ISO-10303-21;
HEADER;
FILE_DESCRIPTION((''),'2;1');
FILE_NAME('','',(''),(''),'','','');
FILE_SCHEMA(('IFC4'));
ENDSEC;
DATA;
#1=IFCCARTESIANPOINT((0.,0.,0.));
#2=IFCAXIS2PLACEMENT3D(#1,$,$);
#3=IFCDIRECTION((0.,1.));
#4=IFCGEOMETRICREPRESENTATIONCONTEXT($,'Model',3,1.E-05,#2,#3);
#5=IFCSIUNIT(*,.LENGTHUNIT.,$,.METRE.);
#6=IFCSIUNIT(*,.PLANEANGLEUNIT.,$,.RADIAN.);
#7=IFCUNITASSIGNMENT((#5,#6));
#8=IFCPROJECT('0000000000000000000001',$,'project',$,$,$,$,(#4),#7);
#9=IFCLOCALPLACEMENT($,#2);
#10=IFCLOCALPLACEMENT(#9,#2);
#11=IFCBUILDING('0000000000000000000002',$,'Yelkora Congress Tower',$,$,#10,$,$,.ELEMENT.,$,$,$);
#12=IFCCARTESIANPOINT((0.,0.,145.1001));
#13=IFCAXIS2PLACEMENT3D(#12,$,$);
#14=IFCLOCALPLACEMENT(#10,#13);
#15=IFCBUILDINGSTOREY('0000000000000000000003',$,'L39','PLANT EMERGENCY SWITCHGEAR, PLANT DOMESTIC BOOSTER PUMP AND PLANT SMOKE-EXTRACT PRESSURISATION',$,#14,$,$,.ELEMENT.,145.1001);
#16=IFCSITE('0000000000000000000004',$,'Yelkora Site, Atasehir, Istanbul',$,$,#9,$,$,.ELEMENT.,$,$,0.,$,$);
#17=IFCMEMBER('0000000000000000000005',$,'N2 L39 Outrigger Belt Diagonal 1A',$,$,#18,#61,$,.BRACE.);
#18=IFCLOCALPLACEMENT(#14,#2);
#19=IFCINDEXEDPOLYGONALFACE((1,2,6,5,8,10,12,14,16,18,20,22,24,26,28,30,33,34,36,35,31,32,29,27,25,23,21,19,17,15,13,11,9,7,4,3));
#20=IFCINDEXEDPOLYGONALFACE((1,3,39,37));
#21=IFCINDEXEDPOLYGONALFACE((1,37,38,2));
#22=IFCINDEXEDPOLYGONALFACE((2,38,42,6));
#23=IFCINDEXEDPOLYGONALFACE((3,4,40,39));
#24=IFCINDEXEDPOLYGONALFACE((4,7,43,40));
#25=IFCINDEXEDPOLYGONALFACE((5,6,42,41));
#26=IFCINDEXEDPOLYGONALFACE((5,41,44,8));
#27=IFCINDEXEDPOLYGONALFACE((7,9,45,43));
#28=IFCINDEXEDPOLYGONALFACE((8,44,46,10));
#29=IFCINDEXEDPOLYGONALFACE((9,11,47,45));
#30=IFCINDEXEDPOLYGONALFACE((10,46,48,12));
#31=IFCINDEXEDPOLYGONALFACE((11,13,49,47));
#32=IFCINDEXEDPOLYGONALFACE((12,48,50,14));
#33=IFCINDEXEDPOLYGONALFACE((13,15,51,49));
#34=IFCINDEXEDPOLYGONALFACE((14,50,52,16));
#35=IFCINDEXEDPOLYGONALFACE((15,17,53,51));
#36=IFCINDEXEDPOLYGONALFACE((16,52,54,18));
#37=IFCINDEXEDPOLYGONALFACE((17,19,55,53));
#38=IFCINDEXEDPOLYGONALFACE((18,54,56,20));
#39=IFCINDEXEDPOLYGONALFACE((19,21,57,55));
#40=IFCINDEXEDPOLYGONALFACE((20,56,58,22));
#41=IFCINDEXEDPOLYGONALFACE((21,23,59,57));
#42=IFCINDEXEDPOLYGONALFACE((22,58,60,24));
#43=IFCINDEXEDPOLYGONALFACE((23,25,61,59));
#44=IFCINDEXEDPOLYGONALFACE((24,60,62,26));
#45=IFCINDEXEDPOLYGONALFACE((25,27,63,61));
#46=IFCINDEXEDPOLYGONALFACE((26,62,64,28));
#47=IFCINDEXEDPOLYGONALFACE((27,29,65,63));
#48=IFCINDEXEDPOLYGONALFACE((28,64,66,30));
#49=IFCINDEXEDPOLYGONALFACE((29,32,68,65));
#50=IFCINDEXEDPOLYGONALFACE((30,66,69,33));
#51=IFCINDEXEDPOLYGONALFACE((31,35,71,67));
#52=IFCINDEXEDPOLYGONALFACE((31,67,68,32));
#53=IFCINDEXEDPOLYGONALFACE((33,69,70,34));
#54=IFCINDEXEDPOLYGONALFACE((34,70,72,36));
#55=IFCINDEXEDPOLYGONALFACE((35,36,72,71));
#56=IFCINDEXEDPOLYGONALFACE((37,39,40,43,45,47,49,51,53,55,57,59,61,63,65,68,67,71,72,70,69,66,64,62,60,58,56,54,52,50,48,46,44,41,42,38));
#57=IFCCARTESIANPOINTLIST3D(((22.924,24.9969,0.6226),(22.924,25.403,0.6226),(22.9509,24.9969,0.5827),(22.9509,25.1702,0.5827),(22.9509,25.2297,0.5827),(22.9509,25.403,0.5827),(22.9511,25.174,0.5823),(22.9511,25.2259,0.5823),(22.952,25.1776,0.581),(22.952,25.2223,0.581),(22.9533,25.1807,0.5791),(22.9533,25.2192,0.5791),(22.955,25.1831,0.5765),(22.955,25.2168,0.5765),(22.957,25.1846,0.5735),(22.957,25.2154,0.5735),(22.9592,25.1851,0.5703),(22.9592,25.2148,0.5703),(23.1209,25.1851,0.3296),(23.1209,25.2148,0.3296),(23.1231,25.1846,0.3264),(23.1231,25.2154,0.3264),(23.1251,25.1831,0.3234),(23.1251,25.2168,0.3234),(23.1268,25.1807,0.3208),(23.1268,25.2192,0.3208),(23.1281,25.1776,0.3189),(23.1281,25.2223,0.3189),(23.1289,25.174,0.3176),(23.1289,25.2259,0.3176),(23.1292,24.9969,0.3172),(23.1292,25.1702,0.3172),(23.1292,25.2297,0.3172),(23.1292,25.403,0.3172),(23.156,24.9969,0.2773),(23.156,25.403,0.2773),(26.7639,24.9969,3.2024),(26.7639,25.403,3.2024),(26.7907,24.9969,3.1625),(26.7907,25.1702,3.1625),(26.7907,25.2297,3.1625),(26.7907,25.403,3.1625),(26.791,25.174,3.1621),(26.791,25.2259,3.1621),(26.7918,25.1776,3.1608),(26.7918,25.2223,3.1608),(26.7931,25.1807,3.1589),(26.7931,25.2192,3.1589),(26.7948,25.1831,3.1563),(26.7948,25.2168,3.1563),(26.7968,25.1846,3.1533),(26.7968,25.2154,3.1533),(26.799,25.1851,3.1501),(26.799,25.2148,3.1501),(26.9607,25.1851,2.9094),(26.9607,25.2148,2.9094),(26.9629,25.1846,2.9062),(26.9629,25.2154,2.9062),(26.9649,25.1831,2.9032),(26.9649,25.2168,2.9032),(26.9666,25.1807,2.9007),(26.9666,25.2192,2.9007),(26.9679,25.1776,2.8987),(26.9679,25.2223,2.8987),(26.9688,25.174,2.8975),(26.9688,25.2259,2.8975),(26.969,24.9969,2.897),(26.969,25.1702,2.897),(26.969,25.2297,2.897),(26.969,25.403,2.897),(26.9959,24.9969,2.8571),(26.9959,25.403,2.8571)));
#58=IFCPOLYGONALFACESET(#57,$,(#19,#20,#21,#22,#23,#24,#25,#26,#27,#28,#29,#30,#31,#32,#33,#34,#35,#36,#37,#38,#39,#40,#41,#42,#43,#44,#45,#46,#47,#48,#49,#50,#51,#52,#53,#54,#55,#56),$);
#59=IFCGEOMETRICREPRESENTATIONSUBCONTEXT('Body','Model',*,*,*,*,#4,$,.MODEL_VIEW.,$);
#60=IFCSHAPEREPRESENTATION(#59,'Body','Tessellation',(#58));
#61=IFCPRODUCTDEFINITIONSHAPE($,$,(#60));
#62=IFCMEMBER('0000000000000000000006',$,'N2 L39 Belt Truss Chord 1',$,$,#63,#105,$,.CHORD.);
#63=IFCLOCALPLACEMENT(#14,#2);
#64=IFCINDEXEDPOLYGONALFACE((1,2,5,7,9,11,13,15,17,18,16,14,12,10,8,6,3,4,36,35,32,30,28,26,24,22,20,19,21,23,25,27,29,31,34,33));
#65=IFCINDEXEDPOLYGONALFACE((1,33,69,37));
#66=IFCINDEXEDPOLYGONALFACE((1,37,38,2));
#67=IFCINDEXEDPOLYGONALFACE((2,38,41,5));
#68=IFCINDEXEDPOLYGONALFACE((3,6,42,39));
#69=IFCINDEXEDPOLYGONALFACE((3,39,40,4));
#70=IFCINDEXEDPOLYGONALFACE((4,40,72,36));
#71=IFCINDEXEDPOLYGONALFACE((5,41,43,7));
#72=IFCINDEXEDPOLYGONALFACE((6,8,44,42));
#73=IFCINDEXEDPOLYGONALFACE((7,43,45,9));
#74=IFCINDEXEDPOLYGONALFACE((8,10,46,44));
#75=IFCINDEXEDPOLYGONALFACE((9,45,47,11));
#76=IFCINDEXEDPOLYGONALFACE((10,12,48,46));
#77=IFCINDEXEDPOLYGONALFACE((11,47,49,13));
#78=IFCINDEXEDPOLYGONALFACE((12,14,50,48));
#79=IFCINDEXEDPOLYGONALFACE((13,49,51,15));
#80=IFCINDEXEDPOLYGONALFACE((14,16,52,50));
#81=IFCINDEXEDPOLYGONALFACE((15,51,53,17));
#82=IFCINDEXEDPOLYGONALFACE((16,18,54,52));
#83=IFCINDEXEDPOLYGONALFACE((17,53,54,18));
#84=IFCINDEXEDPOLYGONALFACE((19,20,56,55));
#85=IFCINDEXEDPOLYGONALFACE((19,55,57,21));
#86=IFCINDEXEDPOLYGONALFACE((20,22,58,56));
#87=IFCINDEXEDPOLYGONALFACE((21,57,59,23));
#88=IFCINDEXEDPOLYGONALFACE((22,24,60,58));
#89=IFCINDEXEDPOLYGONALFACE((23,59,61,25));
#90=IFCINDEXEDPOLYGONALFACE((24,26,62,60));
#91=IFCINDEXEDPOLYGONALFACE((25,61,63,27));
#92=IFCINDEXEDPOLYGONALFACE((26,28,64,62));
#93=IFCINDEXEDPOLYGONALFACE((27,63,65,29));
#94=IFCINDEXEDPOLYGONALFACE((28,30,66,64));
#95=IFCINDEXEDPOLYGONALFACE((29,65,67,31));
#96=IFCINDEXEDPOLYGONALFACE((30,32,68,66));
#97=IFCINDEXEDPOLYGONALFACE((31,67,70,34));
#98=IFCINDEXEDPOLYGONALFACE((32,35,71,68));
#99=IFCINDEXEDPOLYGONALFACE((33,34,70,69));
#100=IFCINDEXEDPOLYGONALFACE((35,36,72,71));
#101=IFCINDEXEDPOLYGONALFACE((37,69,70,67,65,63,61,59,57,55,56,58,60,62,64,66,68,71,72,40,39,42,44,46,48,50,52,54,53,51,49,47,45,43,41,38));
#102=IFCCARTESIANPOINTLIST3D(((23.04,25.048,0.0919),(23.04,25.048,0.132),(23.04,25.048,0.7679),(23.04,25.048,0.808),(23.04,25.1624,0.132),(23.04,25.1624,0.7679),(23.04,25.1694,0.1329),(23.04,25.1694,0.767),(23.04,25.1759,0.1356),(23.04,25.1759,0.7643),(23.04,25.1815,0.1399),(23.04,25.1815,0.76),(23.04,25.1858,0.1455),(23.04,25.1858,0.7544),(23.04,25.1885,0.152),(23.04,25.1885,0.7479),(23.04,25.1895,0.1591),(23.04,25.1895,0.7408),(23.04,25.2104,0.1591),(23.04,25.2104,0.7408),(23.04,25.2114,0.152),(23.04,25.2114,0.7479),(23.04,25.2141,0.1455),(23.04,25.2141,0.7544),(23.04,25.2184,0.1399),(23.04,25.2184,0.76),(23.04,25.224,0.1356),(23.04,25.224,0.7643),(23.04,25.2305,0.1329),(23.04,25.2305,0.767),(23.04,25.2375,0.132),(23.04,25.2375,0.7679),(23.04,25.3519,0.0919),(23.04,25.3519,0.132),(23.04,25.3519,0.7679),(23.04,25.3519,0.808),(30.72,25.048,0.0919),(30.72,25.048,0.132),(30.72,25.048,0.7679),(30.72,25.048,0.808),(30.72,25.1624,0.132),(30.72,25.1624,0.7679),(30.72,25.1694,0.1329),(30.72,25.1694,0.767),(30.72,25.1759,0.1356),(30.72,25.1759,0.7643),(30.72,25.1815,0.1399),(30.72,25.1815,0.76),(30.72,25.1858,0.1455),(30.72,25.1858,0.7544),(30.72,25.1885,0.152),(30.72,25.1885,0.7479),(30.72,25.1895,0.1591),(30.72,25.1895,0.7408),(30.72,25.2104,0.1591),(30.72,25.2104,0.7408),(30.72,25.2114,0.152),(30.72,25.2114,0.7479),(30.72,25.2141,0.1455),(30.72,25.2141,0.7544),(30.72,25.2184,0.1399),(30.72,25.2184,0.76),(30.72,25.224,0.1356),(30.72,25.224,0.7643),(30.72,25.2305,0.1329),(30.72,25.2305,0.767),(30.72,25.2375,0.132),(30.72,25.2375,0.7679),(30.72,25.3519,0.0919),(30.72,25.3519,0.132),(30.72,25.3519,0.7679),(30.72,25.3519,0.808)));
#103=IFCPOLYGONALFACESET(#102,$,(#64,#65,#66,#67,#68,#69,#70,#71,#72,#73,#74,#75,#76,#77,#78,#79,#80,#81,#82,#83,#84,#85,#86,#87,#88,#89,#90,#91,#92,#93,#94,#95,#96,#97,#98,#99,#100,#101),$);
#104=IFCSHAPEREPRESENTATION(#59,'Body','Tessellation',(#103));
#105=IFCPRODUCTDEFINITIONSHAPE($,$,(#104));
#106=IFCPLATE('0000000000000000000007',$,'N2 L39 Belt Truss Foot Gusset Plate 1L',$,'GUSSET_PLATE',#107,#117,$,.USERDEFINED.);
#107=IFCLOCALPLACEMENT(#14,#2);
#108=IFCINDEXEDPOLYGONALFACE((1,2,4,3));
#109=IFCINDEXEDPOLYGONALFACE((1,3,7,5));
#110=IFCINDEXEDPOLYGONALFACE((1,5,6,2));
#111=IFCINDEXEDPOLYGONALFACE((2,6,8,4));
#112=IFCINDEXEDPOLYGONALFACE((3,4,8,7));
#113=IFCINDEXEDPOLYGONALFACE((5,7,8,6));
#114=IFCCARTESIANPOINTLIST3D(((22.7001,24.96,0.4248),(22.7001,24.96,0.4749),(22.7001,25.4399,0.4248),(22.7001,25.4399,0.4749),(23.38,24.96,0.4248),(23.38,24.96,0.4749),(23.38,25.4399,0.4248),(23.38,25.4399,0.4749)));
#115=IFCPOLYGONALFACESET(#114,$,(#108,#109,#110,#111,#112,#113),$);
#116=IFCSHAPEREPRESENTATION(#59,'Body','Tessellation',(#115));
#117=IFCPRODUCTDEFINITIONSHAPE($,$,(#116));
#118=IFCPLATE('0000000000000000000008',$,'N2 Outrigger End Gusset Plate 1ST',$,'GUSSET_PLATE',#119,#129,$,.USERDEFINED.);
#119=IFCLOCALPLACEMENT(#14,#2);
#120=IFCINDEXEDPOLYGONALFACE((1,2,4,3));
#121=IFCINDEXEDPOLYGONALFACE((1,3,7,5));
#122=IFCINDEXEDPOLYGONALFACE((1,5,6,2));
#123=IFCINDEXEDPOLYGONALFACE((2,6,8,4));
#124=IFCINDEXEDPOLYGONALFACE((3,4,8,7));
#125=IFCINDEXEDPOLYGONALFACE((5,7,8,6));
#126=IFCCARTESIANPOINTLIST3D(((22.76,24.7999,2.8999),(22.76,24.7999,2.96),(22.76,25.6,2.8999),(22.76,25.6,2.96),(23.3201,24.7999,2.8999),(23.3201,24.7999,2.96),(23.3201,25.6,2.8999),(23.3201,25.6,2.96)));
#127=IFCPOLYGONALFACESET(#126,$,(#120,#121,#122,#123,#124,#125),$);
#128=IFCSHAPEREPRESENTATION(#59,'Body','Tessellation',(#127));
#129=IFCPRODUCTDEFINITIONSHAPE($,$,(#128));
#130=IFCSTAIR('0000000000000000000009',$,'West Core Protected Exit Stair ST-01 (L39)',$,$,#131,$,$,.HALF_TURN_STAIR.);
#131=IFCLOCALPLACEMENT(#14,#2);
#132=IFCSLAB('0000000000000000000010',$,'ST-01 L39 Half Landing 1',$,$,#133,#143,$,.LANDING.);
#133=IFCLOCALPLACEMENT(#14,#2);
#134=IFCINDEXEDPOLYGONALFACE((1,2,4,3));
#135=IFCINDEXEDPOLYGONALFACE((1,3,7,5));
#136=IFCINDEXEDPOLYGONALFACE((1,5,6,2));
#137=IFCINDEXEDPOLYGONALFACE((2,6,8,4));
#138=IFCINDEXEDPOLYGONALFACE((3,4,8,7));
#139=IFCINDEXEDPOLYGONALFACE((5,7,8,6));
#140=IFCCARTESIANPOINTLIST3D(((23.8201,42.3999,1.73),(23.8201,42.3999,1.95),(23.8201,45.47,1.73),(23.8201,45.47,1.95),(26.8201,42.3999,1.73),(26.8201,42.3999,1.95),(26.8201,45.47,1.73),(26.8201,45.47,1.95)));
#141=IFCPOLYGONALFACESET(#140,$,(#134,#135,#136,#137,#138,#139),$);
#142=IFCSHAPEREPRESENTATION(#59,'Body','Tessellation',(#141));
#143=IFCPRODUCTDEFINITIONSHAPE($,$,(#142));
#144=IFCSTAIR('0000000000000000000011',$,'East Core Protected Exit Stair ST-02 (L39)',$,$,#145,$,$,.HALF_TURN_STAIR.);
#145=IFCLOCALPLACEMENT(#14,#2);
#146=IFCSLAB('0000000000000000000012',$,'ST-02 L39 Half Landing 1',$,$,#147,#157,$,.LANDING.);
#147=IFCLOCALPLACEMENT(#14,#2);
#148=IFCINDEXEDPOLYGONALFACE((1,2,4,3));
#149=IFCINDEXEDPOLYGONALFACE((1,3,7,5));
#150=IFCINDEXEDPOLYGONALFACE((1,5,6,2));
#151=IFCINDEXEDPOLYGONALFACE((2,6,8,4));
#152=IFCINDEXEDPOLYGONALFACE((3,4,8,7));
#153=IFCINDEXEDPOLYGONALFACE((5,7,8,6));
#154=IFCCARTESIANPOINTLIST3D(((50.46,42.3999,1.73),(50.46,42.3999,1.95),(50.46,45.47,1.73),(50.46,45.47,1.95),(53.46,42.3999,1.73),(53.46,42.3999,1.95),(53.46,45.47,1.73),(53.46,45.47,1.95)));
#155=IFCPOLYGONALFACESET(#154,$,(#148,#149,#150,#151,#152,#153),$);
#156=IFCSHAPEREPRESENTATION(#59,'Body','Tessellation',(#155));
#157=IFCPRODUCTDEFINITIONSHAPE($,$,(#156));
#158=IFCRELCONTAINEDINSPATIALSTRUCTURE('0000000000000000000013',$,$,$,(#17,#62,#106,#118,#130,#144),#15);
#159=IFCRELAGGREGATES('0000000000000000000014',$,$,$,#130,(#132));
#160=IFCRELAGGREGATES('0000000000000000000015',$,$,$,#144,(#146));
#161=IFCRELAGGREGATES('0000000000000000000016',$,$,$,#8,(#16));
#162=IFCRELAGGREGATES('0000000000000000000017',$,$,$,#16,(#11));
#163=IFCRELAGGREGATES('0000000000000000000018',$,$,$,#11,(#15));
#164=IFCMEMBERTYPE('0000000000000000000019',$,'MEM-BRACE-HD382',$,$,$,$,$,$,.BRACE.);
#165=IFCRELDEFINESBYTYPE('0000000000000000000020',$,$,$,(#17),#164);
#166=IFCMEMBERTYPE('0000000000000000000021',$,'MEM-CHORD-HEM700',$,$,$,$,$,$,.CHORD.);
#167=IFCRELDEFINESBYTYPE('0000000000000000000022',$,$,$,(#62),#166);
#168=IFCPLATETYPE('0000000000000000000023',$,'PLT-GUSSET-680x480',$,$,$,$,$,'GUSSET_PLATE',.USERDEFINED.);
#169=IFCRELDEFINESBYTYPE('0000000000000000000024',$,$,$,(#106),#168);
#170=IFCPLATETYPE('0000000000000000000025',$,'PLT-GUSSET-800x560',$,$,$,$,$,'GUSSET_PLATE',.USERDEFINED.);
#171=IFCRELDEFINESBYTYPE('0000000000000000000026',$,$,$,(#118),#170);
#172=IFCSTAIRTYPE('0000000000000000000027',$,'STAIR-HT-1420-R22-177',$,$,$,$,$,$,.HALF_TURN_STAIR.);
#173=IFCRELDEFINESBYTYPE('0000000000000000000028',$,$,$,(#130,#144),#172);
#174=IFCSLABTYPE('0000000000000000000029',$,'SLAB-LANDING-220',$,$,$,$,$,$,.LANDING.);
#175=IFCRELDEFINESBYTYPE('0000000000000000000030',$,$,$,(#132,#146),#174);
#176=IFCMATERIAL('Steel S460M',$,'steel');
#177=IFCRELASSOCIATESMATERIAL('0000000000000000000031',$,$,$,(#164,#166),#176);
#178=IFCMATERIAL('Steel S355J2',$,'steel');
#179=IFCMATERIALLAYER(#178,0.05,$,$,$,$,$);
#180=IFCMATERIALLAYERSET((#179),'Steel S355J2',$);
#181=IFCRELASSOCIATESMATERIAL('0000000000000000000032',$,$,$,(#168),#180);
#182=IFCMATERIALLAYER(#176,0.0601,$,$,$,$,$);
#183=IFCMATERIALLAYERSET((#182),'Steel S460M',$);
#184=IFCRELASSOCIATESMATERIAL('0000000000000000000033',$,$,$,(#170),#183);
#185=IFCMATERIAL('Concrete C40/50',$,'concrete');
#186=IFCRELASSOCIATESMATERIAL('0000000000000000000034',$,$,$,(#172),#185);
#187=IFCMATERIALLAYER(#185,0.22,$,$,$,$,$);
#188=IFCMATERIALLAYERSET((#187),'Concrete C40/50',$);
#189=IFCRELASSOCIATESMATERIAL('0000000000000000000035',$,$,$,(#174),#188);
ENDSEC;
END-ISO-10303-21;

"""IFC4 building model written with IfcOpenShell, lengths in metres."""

from ifc_helpers import new_model, si_unit, direction, frame, origin, origin_2d, place, context, subcontext, project, spatial, polyline, rectangle, i_section, outline, extrude, material, layer, layer_set, material_profile, profile_set, type_object, element, aggregate, save


model = new_model("IFC4")

# Units and contexts
model_context = context("Model", 3, precision=1e-05, world=origin(), true_north=direction((0.0, 1.0)))
body_context = subcontext(model_context, "Body", "Model", "MODEL_VIEW")
ifc_project = project(units=[si_unit("LENGTHUNIT", "METRE"), si_unit("PLANEANGLEUNIT", "RADIAN")], contexts=[model_context])

# Site, building, storey
site_placement = place(None, origin())
site = spatial("IfcSite", under=ifc_project, at=site_placement, Name="Yelkora Site, Atasehir, Istanbul", CompositionType="ELEMENT", RefElevation=0.0)
building_placement = place(site_placement, origin())
building = spatial("IfcBuilding", under=site, at=building_placement, Name="Yelkora Congress Tower", CompositionType="ELEMENT")
storey_placement = place(building_placement, frame((0.0, 0.0, 145.1001)))
storey = spatial("IfcBuildingStorey", under=building, at=storey_placement, Name="L39", Description="PLANT EMERGENCY SWITCHGEAR, PLANT DOMESTIC BOOSTER PUMP AND PLANT SMOKE-EXTRACT PRESSURISATION", CompositionType="ELEMENT", Elevation=145.1001)

# Shared definitions
ifc_material_1 = material(Name="Steel S460M", Category="steel")

# Members
ifc_material_profile_1 = material_profile(ifc_material_1, i_section(OverallWidth=0.406, OverallDepth=0.416, WebThickness=0.0298, FlangeThickness=0.0481, FilletRadius=0.0149, at=origin_2d()), Name="HD 400x382")
ifc_profile_set_1 = profile_set([ifc_material_profile_1], Name="Steel S460M")
member_type_1 = type_object("IfcMemberType", Name="MEM-BRACE-HD382", PredefinedType="BRACE", material=ifc_profile_set_1)
member_1_placement = place(storey_placement, frame((23.04, 25.2, 0.45), z_axis=(0.830056, 0.0, 0.55768), x_axis=(0.0, 1.0, 0.0)))
element("IfcMember", 1, at=member_1_placement, inside=storey, type_object=member_type_1, Name="N2 L39 Outrigger Belt Diagonal 1A", PredefinedType="BRACE", context=body_context, shape_type="SweptSolid", body=[
    extrude(i_section(OverallWidth=0.406, OverallDepth=0.416, WebThickness=0.0298, FlangeThickness=0.0481, FilletRadius=0.0149, at=origin_2d()), origin(), (0.0, 0.0, 1.0), 4.626),
])
ifc_material_profile_2 = material_profile(ifc_material_1, i_section(OverallWidth=0.304, OverallDepth=0.7161, WebThickness=0.021, FlangeThickness=0.04, FilletRadius=0.0271, at=origin_2d()), Name="HEM 700")
ifc_profile_set_2 = profile_set([ifc_material_profile_2], Name="Steel S460M")
member_type_2 = type_object("IfcMemberType", Name="MEM-CHORD-HEM700", PredefinedType="CHORD", material=ifc_profile_set_2)
member_2_placement = place(storey_placement, frame((23.04, 25.2, 0.45), z_axis=(1.0, 0.0, 0.0), x_axis=(0.0, 1.0, 0.0)))
element("IfcMember", 2, at=member_2_placement, inside=storey, type_object=member_type_2, Name="N2 L39 Belt Truss Chord 1", PredefinedType="CHORD", context=body_context, shape_type="SweptSolid", body=[
    extrude(i_section(OverallWidth=0.304, OverallDepth=0.7161, WebThickness=0.021, FlangeThickness=0.04, FilletRadius=0.0271, at=origin_2d()), origin(), (0.0, 0.0, 1.0), 7.6799),
])

# Plates
ifc_material_2 = material(Name="Steel S355J2", Category="steel")
ifc_layer_1 = layer(ifc_material_2, 0.05)
ifc_layer_set_1 = layer_set([ifc_layer_1], Name="Steel S355J2")
plate_type_1 = type_object("IfcPlateType", Name="PLT-GUSSET-680x480", ElementType="GUSSET_PLATE", PredefinedType="USERDEFINED", material=ifc_layer_set_1)
plate_1_placement = place(storey_placement, frame((23.04, 25.2, 0.4248), z_axis=(0.0, 0.0, 1.0), x_axis=(1.0, 0.0, 0.0)))
element("IfcPlate", 3, at=plate_1_placement, inside=storey, type_object=plate_type_1, Name="N2 L39 Belt Truss Foot Gusset Plate 1L", ObjectType="GUSSET_PLATE", PredefinedType="USERDEFINED", context=body_context, shape_type="SweptSolid", body=[
    extrude(rectangle(XDim=0.6799, YDim=0.48, at=origin_2d()), origin(), (0.0, 0.0, 1.0), 0.05),
])
ifc_layer_2 = layer(ifc_material_1, 0.0601)
ifc_layer_set_2 = layer_set([ifc_layer_2], Name="Steel S460M")
plate_type_2 = type_object("IfcPlateType", Name="PLT-GUSSET-800x560", ElementType="GUSSET_PLATE", PredefinedType="USERDEFINED", material=ifc_layer_set_2)
plate_2_placement = place(storey_placement, frame((23.04, 25.2, 2.8999), z_axis=(0.0, 0.0, 1.0), x_axis=(0.0, 1.0, 0.0)))
element("IfcPlate", 4, at=plate_2_placement, inside=storey, type_object=plate_type_2, Name="N2 Outrigger End Gusset Plate 1ST", ObjectType="GUSSET_PLATE", PredefinedType="USERDEFINED", context=body_context, shape_type="SweptSolid", body=[
    extrude(rectangle(XDim=0.8, YDim=0.5601, at=origin_2d()), origin(), (0.0, 0.0, 1.0), 0.0601),
])

# Stairs, slabs
ifc_material_3 = material(Name="Concrete C40/50", Category="concrete")
stair_type = type_object("IfcStairType", Name="STAIR-HT-1420-R22-177", PredefinedType="HALF_TURN_STAIR", material=ifc_material_3)
stair_1_placement = place(storey_placement, origin())
stair_1 = element("IfcStair", 5, at=stair_1_placement, inside=storey, type_object=stair_type, Name="West Core Protected Exit Stair ST-01 (L39)", PredefinedType="HALF_TURN_STAIR")
ifc_layer_3 = layer(ifc_material_3, 0.22)
ifc_layer_set_3 = layer_set([ifc_layer_3], Name="Concrete C40/50")
slab_type_1 = type_object("IfcSlabType", Name="SLAB-LANDING-220", PredefinedType="LANDING", material=ifc_layer_set_3)
slab_1_placement = place(storey_placement, frame((0.0, 0.0, 1.73)))
slab_1 = element("IfcSlab", 6, at=slab_1_placement, type_object=slab_type_1, Name="ST-01 L39 Half Landing 1", PredefinedType="LANDING", context=body_context, shape_type="SweptSolid", body=[
    extrude(outline(polyline([(26.8201, 42.3999), (26.8201, 45.47), (23.8201, 45.47), (23.8201, 42.3999), (26.8201, 42.3999)])), origin(), (0.0, 0.0, 1.0), 0.22),
])
aggregate(stair_1, [slab_1])
stair_2_placement = place(storey_placement, origin())
stair_2 = element("IfcStair", 7, at=stair_2_placement, inside=storey, type_object=stair_type, Name="East Core Protected Exit Stair ST-02 (L39)", PredefinedType="HALF_TURN_STAIR")
slab_2_placement = place(storey_placement, frame((0.0, 0.0, 1.73)))
slab_2 = element("IfcSlab", 8, at=slab_2_placement, type_object=slab_type_1, Name="ST-02 L39 Half Landing 1", PredefinedType="LANDING", context=body_context, shape_type="SweptSolid", body=[
    extrude(outline(polyline([(53.46, 42.3999), (53.46, 45.47), (50.46, 45.47), (50.46, 42.3999), (53.46, 42.3999)])), origin(), (0.0, 0.0, 1.0), 0.22),
])
aggregate(stair_2, [slab_2])

save(model, "model.ifc")
